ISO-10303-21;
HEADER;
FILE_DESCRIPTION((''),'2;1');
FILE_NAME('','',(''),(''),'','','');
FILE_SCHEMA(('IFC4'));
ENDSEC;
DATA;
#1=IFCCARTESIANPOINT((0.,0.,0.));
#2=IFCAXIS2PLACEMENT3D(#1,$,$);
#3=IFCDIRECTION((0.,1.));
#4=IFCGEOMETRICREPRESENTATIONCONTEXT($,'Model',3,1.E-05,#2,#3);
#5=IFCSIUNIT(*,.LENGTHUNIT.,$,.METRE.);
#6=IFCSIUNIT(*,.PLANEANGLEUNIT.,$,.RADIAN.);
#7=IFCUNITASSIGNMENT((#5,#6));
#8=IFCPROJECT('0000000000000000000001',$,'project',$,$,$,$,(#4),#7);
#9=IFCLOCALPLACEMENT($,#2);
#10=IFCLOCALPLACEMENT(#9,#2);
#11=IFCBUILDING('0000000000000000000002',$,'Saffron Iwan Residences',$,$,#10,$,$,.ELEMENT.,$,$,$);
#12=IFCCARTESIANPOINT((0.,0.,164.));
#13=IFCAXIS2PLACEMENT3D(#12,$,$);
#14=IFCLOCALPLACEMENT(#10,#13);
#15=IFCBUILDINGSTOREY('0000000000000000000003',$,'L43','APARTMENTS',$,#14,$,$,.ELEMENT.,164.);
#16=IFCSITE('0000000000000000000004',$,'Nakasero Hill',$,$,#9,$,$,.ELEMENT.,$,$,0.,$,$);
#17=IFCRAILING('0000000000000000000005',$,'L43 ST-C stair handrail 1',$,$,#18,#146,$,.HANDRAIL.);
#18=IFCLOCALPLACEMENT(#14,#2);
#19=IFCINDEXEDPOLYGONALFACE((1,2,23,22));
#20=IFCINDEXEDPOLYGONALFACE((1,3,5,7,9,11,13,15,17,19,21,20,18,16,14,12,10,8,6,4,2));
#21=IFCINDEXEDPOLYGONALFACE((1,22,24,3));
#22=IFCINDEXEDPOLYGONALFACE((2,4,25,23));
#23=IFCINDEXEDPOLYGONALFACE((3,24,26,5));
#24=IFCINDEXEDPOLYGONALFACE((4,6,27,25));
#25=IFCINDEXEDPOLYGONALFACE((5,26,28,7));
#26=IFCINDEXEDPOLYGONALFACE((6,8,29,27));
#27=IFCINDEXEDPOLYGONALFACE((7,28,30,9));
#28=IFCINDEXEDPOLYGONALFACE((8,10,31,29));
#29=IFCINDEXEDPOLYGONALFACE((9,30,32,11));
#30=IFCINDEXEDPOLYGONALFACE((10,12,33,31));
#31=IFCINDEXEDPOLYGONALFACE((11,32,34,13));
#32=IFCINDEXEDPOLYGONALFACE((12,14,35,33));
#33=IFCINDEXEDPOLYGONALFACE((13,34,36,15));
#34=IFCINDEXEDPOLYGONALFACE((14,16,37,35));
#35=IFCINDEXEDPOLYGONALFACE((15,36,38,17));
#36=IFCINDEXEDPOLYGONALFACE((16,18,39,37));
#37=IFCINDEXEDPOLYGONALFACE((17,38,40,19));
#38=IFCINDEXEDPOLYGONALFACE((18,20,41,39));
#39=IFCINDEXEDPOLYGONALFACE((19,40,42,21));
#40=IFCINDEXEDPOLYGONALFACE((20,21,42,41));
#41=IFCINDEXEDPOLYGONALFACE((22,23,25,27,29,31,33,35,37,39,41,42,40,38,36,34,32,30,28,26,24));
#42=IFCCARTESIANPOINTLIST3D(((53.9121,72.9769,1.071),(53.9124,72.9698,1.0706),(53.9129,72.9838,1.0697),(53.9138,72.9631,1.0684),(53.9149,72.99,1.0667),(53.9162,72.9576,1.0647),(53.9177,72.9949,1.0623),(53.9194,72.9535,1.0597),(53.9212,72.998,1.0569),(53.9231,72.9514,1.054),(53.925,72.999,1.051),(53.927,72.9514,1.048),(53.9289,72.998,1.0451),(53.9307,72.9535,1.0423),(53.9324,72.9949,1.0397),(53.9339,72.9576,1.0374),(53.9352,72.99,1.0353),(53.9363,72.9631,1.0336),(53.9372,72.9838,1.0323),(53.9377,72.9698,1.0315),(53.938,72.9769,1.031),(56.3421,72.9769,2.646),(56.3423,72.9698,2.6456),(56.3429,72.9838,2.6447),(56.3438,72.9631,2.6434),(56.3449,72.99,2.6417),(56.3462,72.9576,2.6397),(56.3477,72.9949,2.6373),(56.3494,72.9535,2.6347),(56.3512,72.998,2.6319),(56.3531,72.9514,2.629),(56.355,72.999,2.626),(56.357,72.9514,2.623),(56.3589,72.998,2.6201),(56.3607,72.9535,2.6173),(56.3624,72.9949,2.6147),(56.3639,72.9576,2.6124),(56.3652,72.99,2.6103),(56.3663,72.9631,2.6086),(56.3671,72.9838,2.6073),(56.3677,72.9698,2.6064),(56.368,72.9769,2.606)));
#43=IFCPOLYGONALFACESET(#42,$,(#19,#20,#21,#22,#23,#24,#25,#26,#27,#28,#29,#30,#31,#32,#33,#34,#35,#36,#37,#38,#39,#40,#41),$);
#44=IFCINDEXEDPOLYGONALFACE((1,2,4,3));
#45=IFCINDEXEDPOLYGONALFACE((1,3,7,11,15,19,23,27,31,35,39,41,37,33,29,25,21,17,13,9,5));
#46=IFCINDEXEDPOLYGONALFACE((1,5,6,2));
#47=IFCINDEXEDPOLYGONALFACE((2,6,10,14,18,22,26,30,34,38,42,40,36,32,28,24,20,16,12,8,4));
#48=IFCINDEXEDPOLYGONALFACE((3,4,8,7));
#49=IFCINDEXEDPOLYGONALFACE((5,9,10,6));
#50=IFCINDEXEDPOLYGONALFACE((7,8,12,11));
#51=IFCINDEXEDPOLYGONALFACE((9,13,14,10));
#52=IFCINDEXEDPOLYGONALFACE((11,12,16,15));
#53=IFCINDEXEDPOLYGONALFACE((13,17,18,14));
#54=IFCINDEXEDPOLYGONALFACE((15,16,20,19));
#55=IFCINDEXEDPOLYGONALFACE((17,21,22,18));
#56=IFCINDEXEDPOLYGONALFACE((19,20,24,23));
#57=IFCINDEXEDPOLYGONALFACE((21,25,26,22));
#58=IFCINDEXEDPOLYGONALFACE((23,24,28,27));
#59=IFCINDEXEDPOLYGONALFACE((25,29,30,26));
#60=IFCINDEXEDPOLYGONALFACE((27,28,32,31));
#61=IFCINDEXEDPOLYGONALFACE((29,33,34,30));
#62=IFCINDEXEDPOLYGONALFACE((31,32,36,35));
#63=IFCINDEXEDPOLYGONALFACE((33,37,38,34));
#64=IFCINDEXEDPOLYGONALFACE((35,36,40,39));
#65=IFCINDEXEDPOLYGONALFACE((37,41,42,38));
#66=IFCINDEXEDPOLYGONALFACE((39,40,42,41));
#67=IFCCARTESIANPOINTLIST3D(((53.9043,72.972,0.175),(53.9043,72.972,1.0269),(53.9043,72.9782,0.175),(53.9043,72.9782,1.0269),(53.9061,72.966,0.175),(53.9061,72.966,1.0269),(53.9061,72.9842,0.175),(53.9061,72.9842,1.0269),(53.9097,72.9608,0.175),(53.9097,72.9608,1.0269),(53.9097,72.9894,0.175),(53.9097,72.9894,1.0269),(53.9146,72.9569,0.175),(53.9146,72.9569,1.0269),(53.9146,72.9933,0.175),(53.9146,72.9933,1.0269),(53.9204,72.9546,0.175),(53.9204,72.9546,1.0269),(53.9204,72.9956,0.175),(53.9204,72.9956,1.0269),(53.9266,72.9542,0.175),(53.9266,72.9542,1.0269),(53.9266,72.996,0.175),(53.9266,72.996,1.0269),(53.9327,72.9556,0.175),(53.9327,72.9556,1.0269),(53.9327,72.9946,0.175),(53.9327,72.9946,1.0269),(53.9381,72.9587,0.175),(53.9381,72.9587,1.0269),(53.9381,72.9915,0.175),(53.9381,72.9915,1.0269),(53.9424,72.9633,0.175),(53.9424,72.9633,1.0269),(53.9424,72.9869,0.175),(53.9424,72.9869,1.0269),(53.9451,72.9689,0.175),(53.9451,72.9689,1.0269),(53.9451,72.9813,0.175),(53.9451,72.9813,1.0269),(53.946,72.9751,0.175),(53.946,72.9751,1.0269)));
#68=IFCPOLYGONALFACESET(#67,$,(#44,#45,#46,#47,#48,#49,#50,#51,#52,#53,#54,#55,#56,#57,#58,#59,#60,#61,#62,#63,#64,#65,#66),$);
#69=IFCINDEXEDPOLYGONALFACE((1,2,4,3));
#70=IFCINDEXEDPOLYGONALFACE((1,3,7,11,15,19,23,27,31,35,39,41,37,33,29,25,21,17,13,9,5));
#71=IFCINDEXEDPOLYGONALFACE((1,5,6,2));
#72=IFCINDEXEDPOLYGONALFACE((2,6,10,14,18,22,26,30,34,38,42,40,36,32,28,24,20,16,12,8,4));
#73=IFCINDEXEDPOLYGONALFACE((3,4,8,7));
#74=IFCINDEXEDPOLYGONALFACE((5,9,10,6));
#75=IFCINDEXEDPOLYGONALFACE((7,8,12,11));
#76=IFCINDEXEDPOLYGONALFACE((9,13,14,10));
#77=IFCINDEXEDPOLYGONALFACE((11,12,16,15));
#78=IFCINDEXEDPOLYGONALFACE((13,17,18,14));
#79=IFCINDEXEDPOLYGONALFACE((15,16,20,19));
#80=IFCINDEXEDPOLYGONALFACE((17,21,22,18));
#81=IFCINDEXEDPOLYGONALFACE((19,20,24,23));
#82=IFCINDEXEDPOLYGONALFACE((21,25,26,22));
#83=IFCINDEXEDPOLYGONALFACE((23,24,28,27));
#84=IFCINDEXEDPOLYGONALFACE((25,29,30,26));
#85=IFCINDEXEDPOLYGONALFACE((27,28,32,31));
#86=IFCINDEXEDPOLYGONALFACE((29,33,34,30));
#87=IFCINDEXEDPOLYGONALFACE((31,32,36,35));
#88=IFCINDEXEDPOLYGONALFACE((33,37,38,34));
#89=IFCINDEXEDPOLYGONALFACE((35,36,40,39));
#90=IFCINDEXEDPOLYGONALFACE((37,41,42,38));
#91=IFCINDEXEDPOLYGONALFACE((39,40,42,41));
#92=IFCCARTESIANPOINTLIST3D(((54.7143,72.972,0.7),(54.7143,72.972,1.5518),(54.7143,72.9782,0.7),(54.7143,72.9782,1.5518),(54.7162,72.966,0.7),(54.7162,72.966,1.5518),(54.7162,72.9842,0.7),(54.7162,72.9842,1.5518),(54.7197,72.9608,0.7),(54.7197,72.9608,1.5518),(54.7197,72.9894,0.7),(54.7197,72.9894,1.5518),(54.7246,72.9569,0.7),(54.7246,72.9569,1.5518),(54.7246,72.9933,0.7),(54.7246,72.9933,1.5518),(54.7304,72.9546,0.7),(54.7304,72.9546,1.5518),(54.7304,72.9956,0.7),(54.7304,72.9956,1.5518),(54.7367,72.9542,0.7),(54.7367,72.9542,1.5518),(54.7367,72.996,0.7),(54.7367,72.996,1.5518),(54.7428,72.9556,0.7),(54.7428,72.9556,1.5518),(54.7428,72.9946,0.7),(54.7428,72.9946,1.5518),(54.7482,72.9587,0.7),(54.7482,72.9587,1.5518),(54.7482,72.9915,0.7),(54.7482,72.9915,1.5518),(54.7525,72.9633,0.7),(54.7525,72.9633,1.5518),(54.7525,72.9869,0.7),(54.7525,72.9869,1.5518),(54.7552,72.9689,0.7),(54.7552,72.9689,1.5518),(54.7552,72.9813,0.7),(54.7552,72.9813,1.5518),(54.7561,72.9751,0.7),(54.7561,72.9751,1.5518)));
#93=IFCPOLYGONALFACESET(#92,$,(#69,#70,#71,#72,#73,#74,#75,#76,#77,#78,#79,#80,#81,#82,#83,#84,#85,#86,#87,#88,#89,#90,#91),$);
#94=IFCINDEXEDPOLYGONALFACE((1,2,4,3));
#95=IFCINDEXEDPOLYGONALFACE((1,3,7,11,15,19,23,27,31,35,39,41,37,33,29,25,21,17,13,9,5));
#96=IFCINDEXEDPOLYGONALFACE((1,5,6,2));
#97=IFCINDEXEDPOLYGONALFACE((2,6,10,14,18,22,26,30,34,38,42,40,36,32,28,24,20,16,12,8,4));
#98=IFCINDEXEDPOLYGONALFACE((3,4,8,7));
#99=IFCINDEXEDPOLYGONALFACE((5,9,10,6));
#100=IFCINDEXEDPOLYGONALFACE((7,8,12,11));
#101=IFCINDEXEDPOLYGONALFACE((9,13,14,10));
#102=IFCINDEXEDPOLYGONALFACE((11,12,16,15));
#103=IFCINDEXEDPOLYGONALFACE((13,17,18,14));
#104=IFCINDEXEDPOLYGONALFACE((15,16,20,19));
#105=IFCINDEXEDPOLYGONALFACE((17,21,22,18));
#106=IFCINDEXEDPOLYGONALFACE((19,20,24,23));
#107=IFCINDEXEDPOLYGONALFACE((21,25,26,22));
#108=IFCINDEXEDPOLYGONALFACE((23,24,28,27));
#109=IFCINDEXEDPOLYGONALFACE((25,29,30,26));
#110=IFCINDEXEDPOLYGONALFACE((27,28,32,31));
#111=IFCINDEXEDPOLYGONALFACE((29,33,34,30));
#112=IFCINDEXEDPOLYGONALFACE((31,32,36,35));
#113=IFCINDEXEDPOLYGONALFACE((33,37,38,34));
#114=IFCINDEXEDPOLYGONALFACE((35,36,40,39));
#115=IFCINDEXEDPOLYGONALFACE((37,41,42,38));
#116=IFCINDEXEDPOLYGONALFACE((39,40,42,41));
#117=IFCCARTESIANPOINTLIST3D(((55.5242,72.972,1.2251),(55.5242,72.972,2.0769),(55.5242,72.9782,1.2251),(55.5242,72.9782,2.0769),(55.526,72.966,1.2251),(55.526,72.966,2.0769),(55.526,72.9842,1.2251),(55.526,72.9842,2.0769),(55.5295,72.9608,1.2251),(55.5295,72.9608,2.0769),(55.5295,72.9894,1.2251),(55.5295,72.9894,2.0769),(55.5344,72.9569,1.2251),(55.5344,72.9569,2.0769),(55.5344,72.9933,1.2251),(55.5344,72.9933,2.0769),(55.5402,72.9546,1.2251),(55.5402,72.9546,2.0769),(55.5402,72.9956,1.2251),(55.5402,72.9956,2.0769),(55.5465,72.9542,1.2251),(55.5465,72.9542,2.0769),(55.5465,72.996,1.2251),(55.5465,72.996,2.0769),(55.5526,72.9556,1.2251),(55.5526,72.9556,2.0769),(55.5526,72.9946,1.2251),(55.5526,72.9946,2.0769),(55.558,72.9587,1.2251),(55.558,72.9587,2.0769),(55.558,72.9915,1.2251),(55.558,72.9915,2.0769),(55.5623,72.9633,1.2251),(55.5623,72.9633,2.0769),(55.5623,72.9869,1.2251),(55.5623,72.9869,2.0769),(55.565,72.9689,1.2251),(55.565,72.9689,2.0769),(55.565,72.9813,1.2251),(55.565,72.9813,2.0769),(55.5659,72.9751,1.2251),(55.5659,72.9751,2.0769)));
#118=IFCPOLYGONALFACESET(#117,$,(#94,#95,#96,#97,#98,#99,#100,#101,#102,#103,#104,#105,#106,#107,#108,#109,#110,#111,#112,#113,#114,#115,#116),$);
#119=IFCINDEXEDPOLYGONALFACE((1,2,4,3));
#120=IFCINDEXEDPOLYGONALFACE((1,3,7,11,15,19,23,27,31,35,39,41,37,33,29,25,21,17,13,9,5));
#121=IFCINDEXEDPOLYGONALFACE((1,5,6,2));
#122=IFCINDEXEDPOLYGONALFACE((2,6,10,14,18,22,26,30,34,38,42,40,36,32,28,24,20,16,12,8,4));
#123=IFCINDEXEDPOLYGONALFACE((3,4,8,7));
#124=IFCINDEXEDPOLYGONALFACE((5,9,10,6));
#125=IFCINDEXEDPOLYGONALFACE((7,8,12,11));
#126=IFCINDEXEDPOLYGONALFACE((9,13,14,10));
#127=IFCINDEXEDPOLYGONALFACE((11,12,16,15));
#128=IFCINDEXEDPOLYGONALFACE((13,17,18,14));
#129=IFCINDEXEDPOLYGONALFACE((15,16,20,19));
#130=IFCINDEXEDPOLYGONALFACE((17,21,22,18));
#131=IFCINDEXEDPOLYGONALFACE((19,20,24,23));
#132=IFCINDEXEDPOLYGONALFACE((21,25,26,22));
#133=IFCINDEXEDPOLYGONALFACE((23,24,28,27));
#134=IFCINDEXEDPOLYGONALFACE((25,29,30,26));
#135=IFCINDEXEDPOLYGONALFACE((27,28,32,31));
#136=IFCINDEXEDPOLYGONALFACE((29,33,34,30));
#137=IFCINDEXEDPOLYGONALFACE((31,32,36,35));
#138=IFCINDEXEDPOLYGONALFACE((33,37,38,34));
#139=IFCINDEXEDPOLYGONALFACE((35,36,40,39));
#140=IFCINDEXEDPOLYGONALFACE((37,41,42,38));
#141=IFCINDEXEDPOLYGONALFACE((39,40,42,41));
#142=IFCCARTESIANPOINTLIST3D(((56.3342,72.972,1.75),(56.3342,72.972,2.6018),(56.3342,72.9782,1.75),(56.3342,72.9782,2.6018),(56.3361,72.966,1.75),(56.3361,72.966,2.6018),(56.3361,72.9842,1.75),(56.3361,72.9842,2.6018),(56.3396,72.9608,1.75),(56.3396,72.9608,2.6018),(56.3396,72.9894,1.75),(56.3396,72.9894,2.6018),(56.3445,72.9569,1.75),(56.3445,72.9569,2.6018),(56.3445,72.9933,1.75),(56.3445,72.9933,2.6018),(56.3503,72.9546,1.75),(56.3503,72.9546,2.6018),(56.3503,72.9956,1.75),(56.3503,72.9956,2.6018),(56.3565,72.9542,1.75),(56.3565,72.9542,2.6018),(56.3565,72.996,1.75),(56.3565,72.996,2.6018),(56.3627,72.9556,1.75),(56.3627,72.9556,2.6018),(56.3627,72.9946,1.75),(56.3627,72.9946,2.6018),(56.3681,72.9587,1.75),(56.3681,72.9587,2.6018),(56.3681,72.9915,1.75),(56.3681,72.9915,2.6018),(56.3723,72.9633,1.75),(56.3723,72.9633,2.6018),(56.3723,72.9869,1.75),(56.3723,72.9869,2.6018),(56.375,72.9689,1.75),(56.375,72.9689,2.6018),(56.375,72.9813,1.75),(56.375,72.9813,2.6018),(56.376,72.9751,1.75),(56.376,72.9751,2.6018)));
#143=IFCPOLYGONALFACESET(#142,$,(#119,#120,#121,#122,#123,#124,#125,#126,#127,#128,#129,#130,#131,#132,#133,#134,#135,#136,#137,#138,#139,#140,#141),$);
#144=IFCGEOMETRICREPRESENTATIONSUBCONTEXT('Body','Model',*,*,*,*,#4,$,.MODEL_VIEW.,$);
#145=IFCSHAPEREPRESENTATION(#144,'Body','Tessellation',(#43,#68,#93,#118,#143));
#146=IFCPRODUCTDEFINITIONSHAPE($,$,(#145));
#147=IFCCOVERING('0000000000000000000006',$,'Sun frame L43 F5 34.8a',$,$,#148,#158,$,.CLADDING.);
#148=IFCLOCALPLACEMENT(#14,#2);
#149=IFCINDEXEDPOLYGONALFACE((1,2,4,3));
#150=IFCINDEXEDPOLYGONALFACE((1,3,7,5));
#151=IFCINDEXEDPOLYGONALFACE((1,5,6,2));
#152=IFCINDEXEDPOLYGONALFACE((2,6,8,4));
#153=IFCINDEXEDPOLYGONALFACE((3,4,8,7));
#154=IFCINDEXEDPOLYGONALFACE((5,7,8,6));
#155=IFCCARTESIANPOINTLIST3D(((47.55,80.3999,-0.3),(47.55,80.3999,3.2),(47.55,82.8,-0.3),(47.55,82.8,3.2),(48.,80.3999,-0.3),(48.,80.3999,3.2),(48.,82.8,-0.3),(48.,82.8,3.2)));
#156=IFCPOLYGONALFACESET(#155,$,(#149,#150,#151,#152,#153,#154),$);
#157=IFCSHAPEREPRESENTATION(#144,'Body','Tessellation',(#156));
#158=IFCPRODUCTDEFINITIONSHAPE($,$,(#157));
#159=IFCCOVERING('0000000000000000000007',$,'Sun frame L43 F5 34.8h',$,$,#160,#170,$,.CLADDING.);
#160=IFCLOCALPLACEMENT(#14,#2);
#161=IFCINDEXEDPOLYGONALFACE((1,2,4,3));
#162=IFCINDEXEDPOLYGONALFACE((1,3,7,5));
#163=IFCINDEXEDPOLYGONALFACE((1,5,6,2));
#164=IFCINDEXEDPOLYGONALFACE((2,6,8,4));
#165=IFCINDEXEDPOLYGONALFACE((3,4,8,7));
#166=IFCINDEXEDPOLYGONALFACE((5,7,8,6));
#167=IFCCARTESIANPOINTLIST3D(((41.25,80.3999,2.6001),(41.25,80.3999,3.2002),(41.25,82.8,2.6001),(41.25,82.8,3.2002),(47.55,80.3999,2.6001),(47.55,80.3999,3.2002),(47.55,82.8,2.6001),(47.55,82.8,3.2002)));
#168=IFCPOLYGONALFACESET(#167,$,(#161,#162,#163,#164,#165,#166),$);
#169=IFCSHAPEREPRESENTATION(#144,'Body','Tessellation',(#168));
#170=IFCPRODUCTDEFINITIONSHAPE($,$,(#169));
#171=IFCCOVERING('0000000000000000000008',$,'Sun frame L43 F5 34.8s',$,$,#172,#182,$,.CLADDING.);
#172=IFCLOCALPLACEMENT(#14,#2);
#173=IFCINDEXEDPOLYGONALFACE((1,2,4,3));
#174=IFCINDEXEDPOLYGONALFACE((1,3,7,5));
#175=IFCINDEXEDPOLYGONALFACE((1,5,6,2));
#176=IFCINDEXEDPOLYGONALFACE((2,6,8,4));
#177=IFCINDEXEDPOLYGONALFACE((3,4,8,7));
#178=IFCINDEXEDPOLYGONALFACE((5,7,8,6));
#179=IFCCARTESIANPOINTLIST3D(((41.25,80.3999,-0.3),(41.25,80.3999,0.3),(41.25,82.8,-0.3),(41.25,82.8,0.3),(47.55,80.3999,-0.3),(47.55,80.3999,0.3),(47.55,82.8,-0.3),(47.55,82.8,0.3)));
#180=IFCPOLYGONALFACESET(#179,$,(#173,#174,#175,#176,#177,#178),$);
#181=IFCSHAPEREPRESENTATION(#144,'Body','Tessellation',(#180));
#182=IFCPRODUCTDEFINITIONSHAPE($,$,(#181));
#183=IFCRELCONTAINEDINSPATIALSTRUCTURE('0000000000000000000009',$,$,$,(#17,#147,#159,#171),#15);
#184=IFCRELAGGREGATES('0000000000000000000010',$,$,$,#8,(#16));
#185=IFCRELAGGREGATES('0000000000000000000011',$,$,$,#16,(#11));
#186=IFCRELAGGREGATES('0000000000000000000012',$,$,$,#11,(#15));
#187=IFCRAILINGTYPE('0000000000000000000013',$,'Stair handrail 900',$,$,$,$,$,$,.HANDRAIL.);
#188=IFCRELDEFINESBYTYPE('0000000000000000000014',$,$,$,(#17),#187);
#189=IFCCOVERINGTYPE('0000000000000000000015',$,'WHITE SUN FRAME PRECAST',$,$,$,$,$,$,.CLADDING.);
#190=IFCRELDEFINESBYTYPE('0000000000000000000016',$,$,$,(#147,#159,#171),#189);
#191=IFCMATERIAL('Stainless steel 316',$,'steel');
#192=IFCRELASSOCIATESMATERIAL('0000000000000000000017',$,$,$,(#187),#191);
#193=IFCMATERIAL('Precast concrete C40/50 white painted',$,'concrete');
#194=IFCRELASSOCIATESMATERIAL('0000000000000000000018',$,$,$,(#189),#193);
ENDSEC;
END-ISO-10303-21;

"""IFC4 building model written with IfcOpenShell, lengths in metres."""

from ifc_helpers import new_model, si_unit, direction, frame, origin, origin_2d, place, context, subcontext, project, spatial, polyline, circle, outline, extrude, material, type_object, element, save


model = new_model("IFC4")

# Units and contexts
model_context = context("Model", 3, precision=1e-05, world=origin(), true_north=direction((0.0, 1.0)))
body_context = subcontext(model_context, "Body", "Model", "MODEL_VIEW")
ifc_project = project(units=[si_unit("LENGTHUNIT", "METRE"), si_unit("PLANEANGLEUNIT", "RADIAN")], contexts=[model_context])

# Site, building, storey
site_placement = place(None, origin())
site = spatial("IfcSite", under=ifc_project, at=site_placement, Name="Nakasero Hill", CompositionType="ELEMENT", RefElevation=0.0)
building_placement = place(site_placement, origin())
building = spatial("IfcBuilding", under=site, at=building_placement, Name="Saffron Iwan Residences", CompositionType="ELEMENT")
storey_placement = place(building_placement, frame((0.0, 0.0, 164.0)))
storey = spatial("IfcBuildingStorey", under=building, at=storey_placement, Name="L43", Description="APARTMENTS", CompositionType="ELEMENT", Elevation=164.0)

# Railing
ifc_material_1 = material(Name="Stainless steel 316", Category="steel")
railing_type_1 = type_object("IfcRailingType", Name="Stair handrail 900", PredefinedType="HANDRAIL", material=ifc_material_1)
railing_1_placement = place(storey_placement, frame((53.925, 72.9751, 0.175)))
element("IfcRailing", 1, at=railing_1_placement, inside=storey, type_object=railing_type_1, Name="L43 ST-C stair handrail 1", PredefinedType="HANDRAIL", context=body_context, shape_type="SweptSolid", body=[
    extrude(circle(Radius=0.0239, at=origin_2d()), frame((0.0, 0.0, 0.876), z_axis=(0.839154, 0.0, 0.543894), x_axis=(0.0, 1.0, 0.0)), (0.0, 0.0, 1.0), 2.8958),
    extrude(circle(Radius=0.021, at=origin_2d()), origin(), (0.0, 0.0, 1.0), 0.8518),
    extrude(circle(Radius=0.021, at=origin_2d()), frame((0.8101, 0.0, 0.5249)), (0.0, 0.0, 1.0), 0.8518),
    extrude(circle(Radius=0.021, at=origin_2d()), frame((1.6199, 0.0, 1.05)), (0.0, 0.0, 1.0), 0.8518),
    extrude(circle(Radius=0.021, at=origin_2d()), frame((2.4299, 0.0, 1.575)), (0.0, 0.0, 1.0), 0.8518),
])

# Coverings
ifc_material_2 = material(Name="Precast concrete C40/50 white painted", Category="concrete")
covering_type_1 = type_object("IfcCoveringType", Name="WHITE SUN FRAME PRECAST", PredefinedType="CLADDING", material=ifc_material_2)
covering_1_placement = place(storey_placement, frame((48.0, 80.3999, -0.3), z_axis=(0.0, 1.0, 0.0), x_axis=(-1.0, 0.0, 0.0)))
element("IfcCovering", 2, at=covering_1_placement, inside=storey, type_object=covering_type_1, Name="Sun frame L43 F5 34.8a", PredefinedType="CLADDING", context=body_context, shape_type="SweptSolid", body=[
    extrude(outline(polyline([(0.0, 0.0), (0.45, 0.0), (0.45, 3.5), (0.0, 3.5), (0.0, 0.0)])), origin(), (0.0, 0.0, 1.0), 2.4001),
])
for number, where, z_axis, x_axis, name in (
    (3, (47.55, 80.3999, 2.6001), (0.0, 1.0, 0.0), (-1.0, 0.0, 0.0), "Sun frame L43 F5 34.8h"),
    (4, (47.55, 80.3999, -0.3), (0.0, 1.0, 0.0), (-1.0, 0.0, 0.0), "Sun frame L43 F5 34.8s"),
):
    element("IfcCovering", number, at=place(storey_placement, frame(where, z_axis=z_axis, x_axis=x_axis)), inside=storey, type_object=covering_type_1, Name=name, PredefinedType="CLADDING", context=body_context, shape_type="SweptSolid", body=[
        extrude(outline(polyline([(0.0, 0.0), (6.3, 0.0), (6.3, 0.6001), (0.0, 0.6001), (0.0, 0.0)])), origin(), (0.0, 0.0, 1.0), 2.4001),
    ])

save(model, "model.ifc")
